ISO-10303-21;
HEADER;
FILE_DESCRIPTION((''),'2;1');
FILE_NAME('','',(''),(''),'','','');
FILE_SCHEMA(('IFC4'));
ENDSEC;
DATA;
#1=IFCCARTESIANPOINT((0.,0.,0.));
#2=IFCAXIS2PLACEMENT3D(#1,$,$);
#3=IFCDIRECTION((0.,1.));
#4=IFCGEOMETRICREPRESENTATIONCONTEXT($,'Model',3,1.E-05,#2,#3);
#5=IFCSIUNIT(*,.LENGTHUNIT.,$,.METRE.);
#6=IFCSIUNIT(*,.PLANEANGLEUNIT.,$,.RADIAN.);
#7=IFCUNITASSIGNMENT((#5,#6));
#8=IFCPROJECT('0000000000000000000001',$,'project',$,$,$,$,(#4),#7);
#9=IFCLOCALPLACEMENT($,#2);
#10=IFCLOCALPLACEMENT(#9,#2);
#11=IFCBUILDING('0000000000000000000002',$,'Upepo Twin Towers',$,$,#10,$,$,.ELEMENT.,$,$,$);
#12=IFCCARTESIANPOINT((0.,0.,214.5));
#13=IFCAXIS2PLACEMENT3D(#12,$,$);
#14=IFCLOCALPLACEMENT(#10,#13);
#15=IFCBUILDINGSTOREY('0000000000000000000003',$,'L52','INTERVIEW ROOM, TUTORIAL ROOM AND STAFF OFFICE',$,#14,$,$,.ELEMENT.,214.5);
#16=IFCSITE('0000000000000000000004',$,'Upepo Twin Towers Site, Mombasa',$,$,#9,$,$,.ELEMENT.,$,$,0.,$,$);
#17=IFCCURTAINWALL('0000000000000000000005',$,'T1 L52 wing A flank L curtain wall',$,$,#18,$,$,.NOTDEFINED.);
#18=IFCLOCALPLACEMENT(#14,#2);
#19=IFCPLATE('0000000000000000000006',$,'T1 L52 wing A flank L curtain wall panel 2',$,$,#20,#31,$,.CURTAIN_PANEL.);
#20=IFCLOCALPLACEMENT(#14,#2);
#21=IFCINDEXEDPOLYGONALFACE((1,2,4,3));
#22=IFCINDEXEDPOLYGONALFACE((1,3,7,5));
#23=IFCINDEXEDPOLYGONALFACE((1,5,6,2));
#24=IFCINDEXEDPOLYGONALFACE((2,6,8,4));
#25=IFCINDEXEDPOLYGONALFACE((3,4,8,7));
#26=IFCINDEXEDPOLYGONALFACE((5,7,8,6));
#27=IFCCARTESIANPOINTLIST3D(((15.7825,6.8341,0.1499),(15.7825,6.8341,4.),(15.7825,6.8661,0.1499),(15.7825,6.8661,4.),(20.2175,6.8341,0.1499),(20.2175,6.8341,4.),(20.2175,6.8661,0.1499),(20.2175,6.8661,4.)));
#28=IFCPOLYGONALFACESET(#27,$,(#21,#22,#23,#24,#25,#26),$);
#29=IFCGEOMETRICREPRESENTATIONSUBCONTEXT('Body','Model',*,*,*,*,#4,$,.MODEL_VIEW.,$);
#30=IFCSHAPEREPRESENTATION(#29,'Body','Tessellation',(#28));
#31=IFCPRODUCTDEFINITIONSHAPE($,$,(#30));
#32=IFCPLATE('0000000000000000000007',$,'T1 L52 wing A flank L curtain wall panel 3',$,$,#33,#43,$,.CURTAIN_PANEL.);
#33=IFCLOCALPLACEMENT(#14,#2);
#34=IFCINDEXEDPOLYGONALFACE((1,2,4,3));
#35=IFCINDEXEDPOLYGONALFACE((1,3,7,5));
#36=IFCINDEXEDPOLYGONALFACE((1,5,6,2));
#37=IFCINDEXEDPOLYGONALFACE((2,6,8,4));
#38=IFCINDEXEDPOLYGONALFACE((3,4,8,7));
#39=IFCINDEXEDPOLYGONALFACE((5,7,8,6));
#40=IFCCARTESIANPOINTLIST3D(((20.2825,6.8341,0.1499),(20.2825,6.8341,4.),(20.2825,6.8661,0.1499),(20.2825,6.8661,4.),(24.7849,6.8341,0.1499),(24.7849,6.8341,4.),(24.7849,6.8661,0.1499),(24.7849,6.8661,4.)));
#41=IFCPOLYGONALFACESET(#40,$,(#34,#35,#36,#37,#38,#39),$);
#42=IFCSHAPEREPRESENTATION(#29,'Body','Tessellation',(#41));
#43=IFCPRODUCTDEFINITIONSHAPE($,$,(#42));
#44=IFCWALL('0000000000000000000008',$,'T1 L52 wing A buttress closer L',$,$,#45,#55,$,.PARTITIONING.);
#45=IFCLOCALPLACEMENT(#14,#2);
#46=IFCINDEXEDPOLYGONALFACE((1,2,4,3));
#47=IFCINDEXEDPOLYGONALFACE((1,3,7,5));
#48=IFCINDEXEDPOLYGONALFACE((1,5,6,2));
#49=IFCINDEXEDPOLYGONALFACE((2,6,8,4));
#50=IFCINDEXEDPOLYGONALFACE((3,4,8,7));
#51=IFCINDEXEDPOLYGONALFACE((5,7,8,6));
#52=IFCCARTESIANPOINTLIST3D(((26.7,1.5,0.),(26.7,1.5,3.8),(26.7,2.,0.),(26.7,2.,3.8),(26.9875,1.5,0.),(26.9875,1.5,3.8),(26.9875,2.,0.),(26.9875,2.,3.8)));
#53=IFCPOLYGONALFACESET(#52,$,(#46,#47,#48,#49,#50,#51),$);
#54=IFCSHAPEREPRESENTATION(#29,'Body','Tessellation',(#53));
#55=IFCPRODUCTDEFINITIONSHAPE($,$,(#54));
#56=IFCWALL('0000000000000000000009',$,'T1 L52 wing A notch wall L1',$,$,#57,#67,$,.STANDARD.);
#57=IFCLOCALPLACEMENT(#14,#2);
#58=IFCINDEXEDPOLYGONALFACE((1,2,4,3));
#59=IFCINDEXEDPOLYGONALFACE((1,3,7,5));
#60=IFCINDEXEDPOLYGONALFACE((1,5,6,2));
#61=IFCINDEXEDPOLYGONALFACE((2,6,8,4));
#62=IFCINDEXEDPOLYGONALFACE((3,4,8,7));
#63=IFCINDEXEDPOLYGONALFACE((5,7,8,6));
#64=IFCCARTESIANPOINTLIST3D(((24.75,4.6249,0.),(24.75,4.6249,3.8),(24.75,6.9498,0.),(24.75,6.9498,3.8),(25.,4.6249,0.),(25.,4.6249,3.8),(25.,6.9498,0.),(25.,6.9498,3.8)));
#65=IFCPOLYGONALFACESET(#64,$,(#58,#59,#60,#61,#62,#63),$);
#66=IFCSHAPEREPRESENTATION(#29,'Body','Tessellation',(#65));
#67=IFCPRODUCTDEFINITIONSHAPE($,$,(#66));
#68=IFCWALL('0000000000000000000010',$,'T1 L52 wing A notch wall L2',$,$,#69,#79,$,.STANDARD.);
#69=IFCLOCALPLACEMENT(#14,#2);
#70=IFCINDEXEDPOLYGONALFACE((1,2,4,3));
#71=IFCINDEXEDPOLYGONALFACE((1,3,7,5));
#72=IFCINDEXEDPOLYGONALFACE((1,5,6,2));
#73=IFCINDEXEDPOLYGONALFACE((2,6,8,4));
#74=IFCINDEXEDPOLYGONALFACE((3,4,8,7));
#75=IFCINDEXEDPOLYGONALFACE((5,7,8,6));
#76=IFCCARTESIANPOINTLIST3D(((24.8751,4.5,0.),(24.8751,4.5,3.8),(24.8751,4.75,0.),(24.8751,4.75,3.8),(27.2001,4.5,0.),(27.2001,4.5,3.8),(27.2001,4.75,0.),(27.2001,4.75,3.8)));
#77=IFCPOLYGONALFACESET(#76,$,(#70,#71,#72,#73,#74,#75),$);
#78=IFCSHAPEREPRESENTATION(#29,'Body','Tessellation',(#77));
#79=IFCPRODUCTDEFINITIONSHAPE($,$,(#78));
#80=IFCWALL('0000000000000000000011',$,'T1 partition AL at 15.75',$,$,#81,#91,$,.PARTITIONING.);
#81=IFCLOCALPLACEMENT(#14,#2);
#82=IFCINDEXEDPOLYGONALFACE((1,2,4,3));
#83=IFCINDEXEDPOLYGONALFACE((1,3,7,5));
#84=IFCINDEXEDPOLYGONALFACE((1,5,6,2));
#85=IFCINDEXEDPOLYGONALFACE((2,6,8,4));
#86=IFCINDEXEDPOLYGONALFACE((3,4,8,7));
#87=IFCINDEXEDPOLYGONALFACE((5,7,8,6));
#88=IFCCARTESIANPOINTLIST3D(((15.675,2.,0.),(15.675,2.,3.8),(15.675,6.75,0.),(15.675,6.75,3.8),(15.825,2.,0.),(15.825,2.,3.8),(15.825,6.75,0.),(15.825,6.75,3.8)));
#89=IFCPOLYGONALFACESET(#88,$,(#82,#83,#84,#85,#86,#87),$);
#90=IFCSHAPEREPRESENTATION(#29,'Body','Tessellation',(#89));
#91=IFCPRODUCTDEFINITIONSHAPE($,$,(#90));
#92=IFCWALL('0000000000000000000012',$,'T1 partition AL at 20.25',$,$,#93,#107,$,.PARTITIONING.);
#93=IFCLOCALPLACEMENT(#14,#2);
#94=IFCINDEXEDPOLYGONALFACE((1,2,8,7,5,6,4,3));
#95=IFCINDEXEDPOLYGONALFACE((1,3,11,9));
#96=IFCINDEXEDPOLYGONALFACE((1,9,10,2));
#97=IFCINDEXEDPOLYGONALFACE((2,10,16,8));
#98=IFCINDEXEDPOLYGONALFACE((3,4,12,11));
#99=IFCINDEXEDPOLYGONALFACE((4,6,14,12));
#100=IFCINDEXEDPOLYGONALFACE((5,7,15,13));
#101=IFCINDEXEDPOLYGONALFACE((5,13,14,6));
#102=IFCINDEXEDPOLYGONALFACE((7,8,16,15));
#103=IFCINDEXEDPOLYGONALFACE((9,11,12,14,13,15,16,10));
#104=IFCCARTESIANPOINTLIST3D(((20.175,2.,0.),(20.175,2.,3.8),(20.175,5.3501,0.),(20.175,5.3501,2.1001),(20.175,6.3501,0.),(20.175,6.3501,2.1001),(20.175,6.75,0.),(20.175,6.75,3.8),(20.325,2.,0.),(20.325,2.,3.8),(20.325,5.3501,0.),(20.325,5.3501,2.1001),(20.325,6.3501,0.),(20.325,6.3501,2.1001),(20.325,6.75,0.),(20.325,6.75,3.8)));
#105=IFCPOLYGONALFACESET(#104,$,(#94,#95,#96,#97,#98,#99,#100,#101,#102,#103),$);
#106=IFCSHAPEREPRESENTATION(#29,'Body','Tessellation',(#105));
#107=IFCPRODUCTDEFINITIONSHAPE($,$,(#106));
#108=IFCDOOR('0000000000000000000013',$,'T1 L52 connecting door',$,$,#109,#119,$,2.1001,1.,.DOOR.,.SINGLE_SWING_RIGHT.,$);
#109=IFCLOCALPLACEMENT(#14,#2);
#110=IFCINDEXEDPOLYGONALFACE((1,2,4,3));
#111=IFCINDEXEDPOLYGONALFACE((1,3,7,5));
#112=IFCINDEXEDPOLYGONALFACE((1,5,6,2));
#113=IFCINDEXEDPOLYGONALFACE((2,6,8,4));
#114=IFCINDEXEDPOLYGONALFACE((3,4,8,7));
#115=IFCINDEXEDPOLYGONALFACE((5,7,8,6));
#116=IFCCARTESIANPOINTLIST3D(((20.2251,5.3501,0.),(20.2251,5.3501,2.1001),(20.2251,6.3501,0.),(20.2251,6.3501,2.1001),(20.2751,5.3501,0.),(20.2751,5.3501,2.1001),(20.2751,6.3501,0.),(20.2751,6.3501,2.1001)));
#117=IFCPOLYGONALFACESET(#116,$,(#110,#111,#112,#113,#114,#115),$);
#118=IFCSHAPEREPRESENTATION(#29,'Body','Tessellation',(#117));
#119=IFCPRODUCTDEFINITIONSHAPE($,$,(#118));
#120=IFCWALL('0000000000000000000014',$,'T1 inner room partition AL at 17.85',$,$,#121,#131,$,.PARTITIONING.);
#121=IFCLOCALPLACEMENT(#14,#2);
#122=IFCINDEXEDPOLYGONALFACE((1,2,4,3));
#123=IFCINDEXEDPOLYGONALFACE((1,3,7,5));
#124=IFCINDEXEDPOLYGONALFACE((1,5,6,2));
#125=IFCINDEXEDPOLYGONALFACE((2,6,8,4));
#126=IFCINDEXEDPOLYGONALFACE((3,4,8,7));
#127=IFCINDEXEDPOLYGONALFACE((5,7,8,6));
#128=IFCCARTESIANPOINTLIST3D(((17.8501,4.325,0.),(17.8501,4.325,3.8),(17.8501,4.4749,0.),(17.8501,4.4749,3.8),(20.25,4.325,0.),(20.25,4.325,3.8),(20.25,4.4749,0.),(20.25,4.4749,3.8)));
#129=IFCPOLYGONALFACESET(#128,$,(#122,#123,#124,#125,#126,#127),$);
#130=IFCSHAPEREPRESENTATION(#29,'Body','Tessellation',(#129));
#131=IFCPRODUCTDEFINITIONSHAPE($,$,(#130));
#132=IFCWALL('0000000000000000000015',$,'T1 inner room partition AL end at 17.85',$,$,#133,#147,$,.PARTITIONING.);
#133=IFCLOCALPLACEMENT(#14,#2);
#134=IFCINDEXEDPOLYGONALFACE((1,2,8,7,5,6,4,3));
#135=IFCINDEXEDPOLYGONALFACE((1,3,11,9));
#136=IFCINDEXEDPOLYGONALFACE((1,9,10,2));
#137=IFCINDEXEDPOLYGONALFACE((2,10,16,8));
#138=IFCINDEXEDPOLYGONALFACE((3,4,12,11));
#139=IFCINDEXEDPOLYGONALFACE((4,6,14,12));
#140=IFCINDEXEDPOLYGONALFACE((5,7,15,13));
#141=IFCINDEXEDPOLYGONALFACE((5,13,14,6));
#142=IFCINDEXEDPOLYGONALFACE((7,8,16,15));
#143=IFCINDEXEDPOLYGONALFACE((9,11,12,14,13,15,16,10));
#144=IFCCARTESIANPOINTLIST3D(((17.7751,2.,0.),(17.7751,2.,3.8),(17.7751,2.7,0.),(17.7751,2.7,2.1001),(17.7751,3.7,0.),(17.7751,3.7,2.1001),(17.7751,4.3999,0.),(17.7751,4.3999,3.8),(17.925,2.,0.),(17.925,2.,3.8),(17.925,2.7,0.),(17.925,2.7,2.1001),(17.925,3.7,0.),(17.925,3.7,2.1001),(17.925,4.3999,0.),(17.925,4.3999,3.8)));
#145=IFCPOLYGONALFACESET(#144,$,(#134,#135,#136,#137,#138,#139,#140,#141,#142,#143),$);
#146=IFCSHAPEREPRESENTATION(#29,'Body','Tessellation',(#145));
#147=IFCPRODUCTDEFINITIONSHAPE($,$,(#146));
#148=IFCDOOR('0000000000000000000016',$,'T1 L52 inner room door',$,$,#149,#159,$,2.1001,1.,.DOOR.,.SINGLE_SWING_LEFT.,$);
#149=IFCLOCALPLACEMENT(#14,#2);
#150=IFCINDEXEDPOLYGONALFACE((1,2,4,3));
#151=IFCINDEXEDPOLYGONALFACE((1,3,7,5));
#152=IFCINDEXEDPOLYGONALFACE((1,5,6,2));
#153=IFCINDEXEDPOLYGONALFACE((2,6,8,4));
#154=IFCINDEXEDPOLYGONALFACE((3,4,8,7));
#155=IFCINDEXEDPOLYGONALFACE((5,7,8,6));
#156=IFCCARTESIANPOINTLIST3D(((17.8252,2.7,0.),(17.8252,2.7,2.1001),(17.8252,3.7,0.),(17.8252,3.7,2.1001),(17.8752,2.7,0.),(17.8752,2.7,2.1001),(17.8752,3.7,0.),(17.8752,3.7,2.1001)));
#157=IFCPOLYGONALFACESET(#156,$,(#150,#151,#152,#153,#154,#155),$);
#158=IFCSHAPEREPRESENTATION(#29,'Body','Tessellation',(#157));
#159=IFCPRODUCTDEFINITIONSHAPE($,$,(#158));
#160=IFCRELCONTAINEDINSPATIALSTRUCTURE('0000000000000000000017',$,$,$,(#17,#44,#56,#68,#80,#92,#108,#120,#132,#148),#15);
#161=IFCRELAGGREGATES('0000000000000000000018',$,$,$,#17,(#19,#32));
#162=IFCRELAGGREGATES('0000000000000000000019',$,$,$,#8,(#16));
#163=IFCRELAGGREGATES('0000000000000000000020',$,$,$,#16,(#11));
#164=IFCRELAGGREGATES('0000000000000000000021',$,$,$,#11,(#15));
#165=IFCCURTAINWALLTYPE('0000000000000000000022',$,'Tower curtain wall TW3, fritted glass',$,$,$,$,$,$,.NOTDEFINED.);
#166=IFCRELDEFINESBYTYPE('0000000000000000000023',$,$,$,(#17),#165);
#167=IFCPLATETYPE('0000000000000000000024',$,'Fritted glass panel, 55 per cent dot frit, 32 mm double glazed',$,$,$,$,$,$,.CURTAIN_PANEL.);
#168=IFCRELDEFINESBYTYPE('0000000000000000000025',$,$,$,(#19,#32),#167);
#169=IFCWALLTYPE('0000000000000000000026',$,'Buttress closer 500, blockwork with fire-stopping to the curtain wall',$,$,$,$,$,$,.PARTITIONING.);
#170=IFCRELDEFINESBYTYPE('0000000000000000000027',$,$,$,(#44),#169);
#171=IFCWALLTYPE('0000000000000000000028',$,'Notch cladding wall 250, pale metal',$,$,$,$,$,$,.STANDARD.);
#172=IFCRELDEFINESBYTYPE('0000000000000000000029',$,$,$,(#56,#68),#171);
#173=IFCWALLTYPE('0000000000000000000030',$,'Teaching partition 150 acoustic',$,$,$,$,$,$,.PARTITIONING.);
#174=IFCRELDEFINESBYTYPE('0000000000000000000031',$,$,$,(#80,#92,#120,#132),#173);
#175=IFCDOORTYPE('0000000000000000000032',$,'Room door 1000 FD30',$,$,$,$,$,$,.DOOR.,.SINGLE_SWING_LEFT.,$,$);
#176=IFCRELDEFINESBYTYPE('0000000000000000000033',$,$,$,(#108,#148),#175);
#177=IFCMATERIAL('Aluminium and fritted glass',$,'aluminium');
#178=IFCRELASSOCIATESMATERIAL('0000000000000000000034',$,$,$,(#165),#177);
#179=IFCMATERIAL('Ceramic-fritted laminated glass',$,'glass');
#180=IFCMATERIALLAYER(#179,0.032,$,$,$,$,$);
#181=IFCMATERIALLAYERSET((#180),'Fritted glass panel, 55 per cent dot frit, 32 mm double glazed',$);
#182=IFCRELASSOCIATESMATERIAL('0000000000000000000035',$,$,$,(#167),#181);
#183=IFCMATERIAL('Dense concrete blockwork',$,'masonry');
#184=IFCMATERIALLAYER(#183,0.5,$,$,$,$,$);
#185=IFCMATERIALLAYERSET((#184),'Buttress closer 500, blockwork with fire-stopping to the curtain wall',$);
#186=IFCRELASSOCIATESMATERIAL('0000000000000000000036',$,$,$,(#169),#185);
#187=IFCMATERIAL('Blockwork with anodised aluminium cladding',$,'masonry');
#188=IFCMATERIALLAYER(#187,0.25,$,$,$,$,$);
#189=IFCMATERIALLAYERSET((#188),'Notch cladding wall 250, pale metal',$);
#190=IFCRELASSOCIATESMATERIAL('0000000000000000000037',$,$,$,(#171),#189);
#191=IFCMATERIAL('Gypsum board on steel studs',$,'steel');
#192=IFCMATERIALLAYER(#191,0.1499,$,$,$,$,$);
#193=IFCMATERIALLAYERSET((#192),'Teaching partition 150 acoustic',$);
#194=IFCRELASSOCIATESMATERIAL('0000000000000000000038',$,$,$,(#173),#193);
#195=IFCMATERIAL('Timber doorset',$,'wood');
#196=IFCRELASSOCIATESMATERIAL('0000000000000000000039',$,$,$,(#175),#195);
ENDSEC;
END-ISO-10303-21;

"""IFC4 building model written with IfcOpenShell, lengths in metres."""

from ifc_helpers import new_model, si_unit, direction, frame, frame_2d, origin, origin_2d, place, context, subcontext, project, spatial, rectangle, extrude, material, layer, layer_set, type_object, element, fill, aggregate, save


model = new_model("IFC4")

# Units and contexts
model_context = context("Model", 3, precision=1e-05, world=origin(), true_north=direction((0.0, 1.0)))
body_context = subcontext(model_context, "Body", "Model", "MODEL_VIEW")
ifc_project = project(units=[si_unit("LENGTHUNIT", "METRE"), si_unit("PLANEANGLEUNIT", "RADIAN")], contexts=[model_context])

# Site, building, storey
site_placement = place(None, origin())
site = spatial("IfcSite", under=ifc_project, at=site_placement, Name="Upepo Twin Towers Site, Mombasa", CompositionType="ELEMENT", RefElevation=0.0)
building_placement = place(site_placement, origin())
building = spatial("IfcBuilding", under=site, at=building_placement, Name="Upepo Twin Towers", CompositionType="ELEMENT")
storey_placement = place(building_placement, frame((0.0, 0.0, 214.5)))
storey = spatial("IfcBuildingStorey", under=building, at=storey_placement, Name="L52", Description="INTERVIEW ROOM, TUTORIAL ROOM AND STAFF OFFICE", CompositionType="ELEMENT", Elevation=214.5)

# Curtain wall
ifc_material_1 = material(Name="Aluminium and fritted glass", Category="aluminium")
curtain_wall_type = type_object("IfcCurtainWallType", Name="Tower curtain wall TW3, fritted glass", PredefinedType="NOTDEFINED", material=ifc_material_1)
curtain_wall_1_placement = place(storey_placement, origin())
curtain_wall_1 = element("IfcCurtainWall", 1, at=curtain_wall_1_placement, inside=storey, type_object=curtain_wall_type, Name="T1 L52 wing A flank L curtain wall", PredefinedType="NOTDEFINED")

# Plates
ifc_material_2 = material(Name="Ceramic-fritted laminated glass", Category="glass")
ifc_layer_1 = layer(ifc_material_2, 0.032)
ifc_layer_set_1 = layer_set([ifc_layer_1], Name="Fritted glass panel, 55 per cent dot frit, 32 mm double glazed")
plate_type = type_object("IfcPlateType", Name="Fritted glass panel, 55 per cent dot frit, 32 mm double glazed", PredefinedType="CURTAIN_PANEL", material=ifc_layer_set_1)
plate_1_placement = place(storey_placement, frame((18.0, 6.8501, 0.1499), z_axis=(0.0, 0.0, 1.0), x_axis=(1.0, 0.0, 0.0)))
plate_1 = element("IfcPlate", 2, at=plate_1_placement, type_object=plate_type, Name="T1 L52 wing A flank L curtain wall panel 2", PredefinedType="CURTAIN_PANEL", context=body_context, shape_type="SweptSolid", body=[
    extrude(rectangle(XDim=4.4351, YDim=0.032, at=origin_2d()), origin(), (0.0, 0.0, 1.0), 3.8501),
])
plate_2_placement = place(storey_placement, frame((22.5337, 6.8501, 0.1499), z_axis=(0.0, 0.0, 1.0), x_axis=(1.0, 0.0, 0.0)))
plate_2 = element("IfcPlate", 3, at=plate_2_placement, type_object=plate_type, Name="T1 L52 wing A flank L curtain wall panel 3", PredefinedType="CURTAIN_PANEL", context=body_context, shape_type="SweptSolid", body=[
    extrude(rectangle(XDim=4.5024, YDim=0.032, at=origin_2d()), origin(), (0.0, 0.0, 1.0), 3.8501),
])
aggregate(curtain_wall_1, [plate_1, plate_2])

# Walls
ifc_material_3 = material(Name="Dense concrete blockwork", Category="masonry")
ifc_layer_2 = layer(ifc_material_3, 0.5)
ifc_layer_set_2 = layer_set([ifc_layer_2], Name="Buttress closer 500, blockwork with fire-stopping to the curtain wall")
wall_type_1 = type_object("IfcWallType", Name="Buttress closer 500, blockwork with fire-stopping to the curtain wall", PredefinedType="PARTITIONING", material=ifc_layer_set_2)
wall_1_placement = place(storey_placement, frame((26.7, 1.75, 0.0), z_axis=(0.0, 0.0, 1.0), x_axis=(1.0, 0.0, 0.0)))
element("IfcWall", 4, at=wall_1_placement, inside=storey, type_object=wall_type_1, Name="T1 L52 wing A buttress closer L", PredefinedType="PARTITIONING", context=body_context, shape_type="SweptSolid", body=[
    extrude(rectangle(XDim=0.2876, YDim=0.5, at=frame_2d((0.1438, 0.0))), origin(), (0.0, 0.0, 1.0), 3.8),
])
ifc_material_4 = material(Name="Blockwork with anodised aluminium cladding", Category="masonry")
ifc_layer_3 = layer(ifc_material_4, 0.25)
ifc_layer_set_3 = layer_set([ifc_layer_3], Name="Notch cladding wall 250, pale metal")
wall_type_2 = type_object("IfcWallType", Name="Notch cladding wall 250, pale metal", PredefinedType="STANDARD", material=ifc_layer_set_3)
for number, where, z_axis, x_axis, name in (
    (5, (24.875, 6.95, 0.0), (0.0, 0.0, 1.0), (0.0, -1.0, 0.0), "T1 L52 wing A notch wall L1"),
    (6, (24.875, 4.625, 0.0), (0.0, 0.0, 1.0), (1.0, 0.0, 0.0), "T1 L52 wing A notch wall L2"),
):
    element("IfcWall", number, at=place(storey_placement, frame(where, z_axis=z_axis, x_axis=x_axis)), inside=storey, type_object=wall_type_2, Name=name, PredefinedType="STANDARD", context=body_context, shape_type="SweptSolid", body=[
        extrude(rectangle(XDim=2.325, YDim=0.25, at=frame_2d((1.1626, 0.0))), origin(), (0.0, 0.0, 1.0), 3.8),
    ])
ifc_material_5 = material(Name="Gypsum board on steel studs", Category="steel")
ifc_layer_4 = layer(ifc_material_5, 0.1499)
ifc_layer_set_4 = layer_set([ifc_layer_4], Name="Teaching partition 150 acoustic")
wall_type_3 = type_object("IfcWallType", Name="Teaching partition 150 acoustic", PredefinedType="PARTITIONING", material=ifc_layer_set_4)
wall_2_placement = place(storey_placement, frame((15.75, 2.0, 0.0), z_axis=(0.0, 0.0, 1.0), x_axis=(0.0, 1.0, 0.0)))
element("IfcWall", 7, at=wall_2_placement, inside=storey, type_object=wall_type_3, Name="T1 partition AL at 15.75", PredefinedType="PARTITIONING", context=body_context, shape_type="SweptSolid", body=[
    extrude(rectangle(XDim=4.75, YDim=0.1499, at=frame_2d((2.375, 0.0))), origin(), (0.0, 0.0, 1.0), 3.8),
])

# Wall, opening, door
wall_3_placement = place(storey_placement, frame((20.25, 2.0, 0.0), z_axis=(0.0, 0.0, 1.0), x_axis=(0.0, 1.0, 0.0)))
wall_3 = element("IfcWall", 8, at=wall_3_placement, inside=storey, type_object=wall_type_3, Name="T1 partition AL at 20.25", PredefinedType="PARTITIONING", context=body_context, shape_type="SweptSolid", body=[
    extrude(rectangle(XDim=4.75, YDim=0.1499, at=frame_2d((2.375, 0.0))), origin(), (0.0, 0.0, 1.0), 3.8),
])
opening_1_placement = place(wall_3_placement, frame((3.3501, 0.0, 0.0)))
opening_1 = element("IfcOpeningElement", 9, at=opening_1_placement, cuts=wall_3, PredefinedType="OPENING", context=body_context, shape_type="SweptSolid", body=[
    extrude(rectangle(XDim=1.0, YDim=2.1001, at=frame_2d((0.5, 1.05))), frame((0.0, 0.085, 0.0), z_axis=(0.0, -1.0, 0.0), x_axis=(1.0, 0.0, 0.0)), (0.0, 0.0, 1.0), 0.1699),
])
ifc_material_6 = material(Name="Timber doorset", Category="wood")
door_type = type_object("IfcDoorType", Name="Room door 1000 FD30", OperationType="SINGLE_SWING_LEFT", PredefinedType="DOOR", material=ifc_material_6)
door_1_placement = place(opening_1_placement, origin())
door_1 = element("IfcDoor", 10, at=door_1_placement, inside=storey, type_object=door_type, Name="T1 L52 connecting door", OperationType="SINGLE_SWING_RIGHT", OverallHeight=2.1001, OverallWidth=1.0, PredefinedType="DOOR", context=body_context, shape_type="SweptSolid", body=[
    extrude(rectangle(XDim=1.0, YDim=2.1001, at=frame_2d((0.5, 1.05))), frame((0.0, 0.0249, 0.0), z_axis=(0.0, -1.0, 0.0), x_axis=(1.0, 0.0, 0.0)), (0.0, 0.0, 1.0), 0.05),
])
fill(opening_1, door_1)

# Wall
wall_4_placement = place(storey_placement, frame((17.8501, 4.3999, 0.0), z_axis=(0.0, 0.0, 1.0), x_axis=(1.0, 0.0, 0.0)))
element("IfcWall", 11, at=wall_4_placement, inside=storey, type_object=wall_type_3, Name="T1 inner room partition AL at 17.85", PredefinedType="PARTITIONING", context=body_context, shape_type="SweptSolid", body=[
    extrude(rectangle(XDim=2.3999, YDim=0.1499, at=frame_2d((1.2, 0.0))), origin(), (0.0, 0.0, 1.0), 3.8),
])

# Wall, opening, door
wall_5_placement = place(storey_placement, frame((17.8501, 2.0, 0.0), z_axis=(0.0, 0.0, 1.0), x_axis=(0.0, 1.0, 0.0)))
wall_5 = element("IfcWall", 12, at=wall_5_placement, inside=storey, type_object=wall_type_3, Name="T1 inner room partition AL end at 17.85", PredefinedType="PARTITIONING", context=body_context, shape_type="SweptSolid", body=[
    extrude(rectangle(XDim=2.3999, YDim=0.1499, at=frame_2d((1.2, 0.0))), origin(), (0.0, 0.0, 1.0), 3.8),
])
opening_2_placement = place(wall_5_placement, frame((0.7, 0.0, 0.0)))
opening_2 = element("IfcOpeningElement", 13, at=opening_2_placement, cuts=wall_5, PredefinedType="OPENING", context=body_context, shape_type="SweptSolid", body=[
    extrude(rectangle(XDim=1.0, YDim=2.1001, at=frame_2d((0.5, 1.05))), frame((0.0, 0.085, 0.0), z_axis=(0.0, -1.0, 0.0), x_axis=(1.0, 0.0, 0.0)), (0.0, 0.0, 1.0), 0.1699),
])
door_2_placement = place(opening_2_placement, origin())
door_2 = element("IfcDoor", 14, at=door_2_placement, inside=storey, type_object=door_type, Name="T1 L52 inner room door", OperationType="SINGLE_SWING_LEFT", OverallHeight=2.1001, OverallWidth=1.0, PredefinedType="DOOR", context=body_context, shape_type="SweptSolid", body=[
    extrude(rectangle(XDim=1.0, YDim=2.1001, at=frame_2d((0.5, 1.05))), frame((0.0, 0.0249, 0.0), z_axis=(0.0, -1.0, 0.0), x_axis=(1.0, 0.0, 0.0)), (0.0, 0.0, 1.0), 0.05),
])
fill(opening_2, door_2)

save(model, "model.ifc")
